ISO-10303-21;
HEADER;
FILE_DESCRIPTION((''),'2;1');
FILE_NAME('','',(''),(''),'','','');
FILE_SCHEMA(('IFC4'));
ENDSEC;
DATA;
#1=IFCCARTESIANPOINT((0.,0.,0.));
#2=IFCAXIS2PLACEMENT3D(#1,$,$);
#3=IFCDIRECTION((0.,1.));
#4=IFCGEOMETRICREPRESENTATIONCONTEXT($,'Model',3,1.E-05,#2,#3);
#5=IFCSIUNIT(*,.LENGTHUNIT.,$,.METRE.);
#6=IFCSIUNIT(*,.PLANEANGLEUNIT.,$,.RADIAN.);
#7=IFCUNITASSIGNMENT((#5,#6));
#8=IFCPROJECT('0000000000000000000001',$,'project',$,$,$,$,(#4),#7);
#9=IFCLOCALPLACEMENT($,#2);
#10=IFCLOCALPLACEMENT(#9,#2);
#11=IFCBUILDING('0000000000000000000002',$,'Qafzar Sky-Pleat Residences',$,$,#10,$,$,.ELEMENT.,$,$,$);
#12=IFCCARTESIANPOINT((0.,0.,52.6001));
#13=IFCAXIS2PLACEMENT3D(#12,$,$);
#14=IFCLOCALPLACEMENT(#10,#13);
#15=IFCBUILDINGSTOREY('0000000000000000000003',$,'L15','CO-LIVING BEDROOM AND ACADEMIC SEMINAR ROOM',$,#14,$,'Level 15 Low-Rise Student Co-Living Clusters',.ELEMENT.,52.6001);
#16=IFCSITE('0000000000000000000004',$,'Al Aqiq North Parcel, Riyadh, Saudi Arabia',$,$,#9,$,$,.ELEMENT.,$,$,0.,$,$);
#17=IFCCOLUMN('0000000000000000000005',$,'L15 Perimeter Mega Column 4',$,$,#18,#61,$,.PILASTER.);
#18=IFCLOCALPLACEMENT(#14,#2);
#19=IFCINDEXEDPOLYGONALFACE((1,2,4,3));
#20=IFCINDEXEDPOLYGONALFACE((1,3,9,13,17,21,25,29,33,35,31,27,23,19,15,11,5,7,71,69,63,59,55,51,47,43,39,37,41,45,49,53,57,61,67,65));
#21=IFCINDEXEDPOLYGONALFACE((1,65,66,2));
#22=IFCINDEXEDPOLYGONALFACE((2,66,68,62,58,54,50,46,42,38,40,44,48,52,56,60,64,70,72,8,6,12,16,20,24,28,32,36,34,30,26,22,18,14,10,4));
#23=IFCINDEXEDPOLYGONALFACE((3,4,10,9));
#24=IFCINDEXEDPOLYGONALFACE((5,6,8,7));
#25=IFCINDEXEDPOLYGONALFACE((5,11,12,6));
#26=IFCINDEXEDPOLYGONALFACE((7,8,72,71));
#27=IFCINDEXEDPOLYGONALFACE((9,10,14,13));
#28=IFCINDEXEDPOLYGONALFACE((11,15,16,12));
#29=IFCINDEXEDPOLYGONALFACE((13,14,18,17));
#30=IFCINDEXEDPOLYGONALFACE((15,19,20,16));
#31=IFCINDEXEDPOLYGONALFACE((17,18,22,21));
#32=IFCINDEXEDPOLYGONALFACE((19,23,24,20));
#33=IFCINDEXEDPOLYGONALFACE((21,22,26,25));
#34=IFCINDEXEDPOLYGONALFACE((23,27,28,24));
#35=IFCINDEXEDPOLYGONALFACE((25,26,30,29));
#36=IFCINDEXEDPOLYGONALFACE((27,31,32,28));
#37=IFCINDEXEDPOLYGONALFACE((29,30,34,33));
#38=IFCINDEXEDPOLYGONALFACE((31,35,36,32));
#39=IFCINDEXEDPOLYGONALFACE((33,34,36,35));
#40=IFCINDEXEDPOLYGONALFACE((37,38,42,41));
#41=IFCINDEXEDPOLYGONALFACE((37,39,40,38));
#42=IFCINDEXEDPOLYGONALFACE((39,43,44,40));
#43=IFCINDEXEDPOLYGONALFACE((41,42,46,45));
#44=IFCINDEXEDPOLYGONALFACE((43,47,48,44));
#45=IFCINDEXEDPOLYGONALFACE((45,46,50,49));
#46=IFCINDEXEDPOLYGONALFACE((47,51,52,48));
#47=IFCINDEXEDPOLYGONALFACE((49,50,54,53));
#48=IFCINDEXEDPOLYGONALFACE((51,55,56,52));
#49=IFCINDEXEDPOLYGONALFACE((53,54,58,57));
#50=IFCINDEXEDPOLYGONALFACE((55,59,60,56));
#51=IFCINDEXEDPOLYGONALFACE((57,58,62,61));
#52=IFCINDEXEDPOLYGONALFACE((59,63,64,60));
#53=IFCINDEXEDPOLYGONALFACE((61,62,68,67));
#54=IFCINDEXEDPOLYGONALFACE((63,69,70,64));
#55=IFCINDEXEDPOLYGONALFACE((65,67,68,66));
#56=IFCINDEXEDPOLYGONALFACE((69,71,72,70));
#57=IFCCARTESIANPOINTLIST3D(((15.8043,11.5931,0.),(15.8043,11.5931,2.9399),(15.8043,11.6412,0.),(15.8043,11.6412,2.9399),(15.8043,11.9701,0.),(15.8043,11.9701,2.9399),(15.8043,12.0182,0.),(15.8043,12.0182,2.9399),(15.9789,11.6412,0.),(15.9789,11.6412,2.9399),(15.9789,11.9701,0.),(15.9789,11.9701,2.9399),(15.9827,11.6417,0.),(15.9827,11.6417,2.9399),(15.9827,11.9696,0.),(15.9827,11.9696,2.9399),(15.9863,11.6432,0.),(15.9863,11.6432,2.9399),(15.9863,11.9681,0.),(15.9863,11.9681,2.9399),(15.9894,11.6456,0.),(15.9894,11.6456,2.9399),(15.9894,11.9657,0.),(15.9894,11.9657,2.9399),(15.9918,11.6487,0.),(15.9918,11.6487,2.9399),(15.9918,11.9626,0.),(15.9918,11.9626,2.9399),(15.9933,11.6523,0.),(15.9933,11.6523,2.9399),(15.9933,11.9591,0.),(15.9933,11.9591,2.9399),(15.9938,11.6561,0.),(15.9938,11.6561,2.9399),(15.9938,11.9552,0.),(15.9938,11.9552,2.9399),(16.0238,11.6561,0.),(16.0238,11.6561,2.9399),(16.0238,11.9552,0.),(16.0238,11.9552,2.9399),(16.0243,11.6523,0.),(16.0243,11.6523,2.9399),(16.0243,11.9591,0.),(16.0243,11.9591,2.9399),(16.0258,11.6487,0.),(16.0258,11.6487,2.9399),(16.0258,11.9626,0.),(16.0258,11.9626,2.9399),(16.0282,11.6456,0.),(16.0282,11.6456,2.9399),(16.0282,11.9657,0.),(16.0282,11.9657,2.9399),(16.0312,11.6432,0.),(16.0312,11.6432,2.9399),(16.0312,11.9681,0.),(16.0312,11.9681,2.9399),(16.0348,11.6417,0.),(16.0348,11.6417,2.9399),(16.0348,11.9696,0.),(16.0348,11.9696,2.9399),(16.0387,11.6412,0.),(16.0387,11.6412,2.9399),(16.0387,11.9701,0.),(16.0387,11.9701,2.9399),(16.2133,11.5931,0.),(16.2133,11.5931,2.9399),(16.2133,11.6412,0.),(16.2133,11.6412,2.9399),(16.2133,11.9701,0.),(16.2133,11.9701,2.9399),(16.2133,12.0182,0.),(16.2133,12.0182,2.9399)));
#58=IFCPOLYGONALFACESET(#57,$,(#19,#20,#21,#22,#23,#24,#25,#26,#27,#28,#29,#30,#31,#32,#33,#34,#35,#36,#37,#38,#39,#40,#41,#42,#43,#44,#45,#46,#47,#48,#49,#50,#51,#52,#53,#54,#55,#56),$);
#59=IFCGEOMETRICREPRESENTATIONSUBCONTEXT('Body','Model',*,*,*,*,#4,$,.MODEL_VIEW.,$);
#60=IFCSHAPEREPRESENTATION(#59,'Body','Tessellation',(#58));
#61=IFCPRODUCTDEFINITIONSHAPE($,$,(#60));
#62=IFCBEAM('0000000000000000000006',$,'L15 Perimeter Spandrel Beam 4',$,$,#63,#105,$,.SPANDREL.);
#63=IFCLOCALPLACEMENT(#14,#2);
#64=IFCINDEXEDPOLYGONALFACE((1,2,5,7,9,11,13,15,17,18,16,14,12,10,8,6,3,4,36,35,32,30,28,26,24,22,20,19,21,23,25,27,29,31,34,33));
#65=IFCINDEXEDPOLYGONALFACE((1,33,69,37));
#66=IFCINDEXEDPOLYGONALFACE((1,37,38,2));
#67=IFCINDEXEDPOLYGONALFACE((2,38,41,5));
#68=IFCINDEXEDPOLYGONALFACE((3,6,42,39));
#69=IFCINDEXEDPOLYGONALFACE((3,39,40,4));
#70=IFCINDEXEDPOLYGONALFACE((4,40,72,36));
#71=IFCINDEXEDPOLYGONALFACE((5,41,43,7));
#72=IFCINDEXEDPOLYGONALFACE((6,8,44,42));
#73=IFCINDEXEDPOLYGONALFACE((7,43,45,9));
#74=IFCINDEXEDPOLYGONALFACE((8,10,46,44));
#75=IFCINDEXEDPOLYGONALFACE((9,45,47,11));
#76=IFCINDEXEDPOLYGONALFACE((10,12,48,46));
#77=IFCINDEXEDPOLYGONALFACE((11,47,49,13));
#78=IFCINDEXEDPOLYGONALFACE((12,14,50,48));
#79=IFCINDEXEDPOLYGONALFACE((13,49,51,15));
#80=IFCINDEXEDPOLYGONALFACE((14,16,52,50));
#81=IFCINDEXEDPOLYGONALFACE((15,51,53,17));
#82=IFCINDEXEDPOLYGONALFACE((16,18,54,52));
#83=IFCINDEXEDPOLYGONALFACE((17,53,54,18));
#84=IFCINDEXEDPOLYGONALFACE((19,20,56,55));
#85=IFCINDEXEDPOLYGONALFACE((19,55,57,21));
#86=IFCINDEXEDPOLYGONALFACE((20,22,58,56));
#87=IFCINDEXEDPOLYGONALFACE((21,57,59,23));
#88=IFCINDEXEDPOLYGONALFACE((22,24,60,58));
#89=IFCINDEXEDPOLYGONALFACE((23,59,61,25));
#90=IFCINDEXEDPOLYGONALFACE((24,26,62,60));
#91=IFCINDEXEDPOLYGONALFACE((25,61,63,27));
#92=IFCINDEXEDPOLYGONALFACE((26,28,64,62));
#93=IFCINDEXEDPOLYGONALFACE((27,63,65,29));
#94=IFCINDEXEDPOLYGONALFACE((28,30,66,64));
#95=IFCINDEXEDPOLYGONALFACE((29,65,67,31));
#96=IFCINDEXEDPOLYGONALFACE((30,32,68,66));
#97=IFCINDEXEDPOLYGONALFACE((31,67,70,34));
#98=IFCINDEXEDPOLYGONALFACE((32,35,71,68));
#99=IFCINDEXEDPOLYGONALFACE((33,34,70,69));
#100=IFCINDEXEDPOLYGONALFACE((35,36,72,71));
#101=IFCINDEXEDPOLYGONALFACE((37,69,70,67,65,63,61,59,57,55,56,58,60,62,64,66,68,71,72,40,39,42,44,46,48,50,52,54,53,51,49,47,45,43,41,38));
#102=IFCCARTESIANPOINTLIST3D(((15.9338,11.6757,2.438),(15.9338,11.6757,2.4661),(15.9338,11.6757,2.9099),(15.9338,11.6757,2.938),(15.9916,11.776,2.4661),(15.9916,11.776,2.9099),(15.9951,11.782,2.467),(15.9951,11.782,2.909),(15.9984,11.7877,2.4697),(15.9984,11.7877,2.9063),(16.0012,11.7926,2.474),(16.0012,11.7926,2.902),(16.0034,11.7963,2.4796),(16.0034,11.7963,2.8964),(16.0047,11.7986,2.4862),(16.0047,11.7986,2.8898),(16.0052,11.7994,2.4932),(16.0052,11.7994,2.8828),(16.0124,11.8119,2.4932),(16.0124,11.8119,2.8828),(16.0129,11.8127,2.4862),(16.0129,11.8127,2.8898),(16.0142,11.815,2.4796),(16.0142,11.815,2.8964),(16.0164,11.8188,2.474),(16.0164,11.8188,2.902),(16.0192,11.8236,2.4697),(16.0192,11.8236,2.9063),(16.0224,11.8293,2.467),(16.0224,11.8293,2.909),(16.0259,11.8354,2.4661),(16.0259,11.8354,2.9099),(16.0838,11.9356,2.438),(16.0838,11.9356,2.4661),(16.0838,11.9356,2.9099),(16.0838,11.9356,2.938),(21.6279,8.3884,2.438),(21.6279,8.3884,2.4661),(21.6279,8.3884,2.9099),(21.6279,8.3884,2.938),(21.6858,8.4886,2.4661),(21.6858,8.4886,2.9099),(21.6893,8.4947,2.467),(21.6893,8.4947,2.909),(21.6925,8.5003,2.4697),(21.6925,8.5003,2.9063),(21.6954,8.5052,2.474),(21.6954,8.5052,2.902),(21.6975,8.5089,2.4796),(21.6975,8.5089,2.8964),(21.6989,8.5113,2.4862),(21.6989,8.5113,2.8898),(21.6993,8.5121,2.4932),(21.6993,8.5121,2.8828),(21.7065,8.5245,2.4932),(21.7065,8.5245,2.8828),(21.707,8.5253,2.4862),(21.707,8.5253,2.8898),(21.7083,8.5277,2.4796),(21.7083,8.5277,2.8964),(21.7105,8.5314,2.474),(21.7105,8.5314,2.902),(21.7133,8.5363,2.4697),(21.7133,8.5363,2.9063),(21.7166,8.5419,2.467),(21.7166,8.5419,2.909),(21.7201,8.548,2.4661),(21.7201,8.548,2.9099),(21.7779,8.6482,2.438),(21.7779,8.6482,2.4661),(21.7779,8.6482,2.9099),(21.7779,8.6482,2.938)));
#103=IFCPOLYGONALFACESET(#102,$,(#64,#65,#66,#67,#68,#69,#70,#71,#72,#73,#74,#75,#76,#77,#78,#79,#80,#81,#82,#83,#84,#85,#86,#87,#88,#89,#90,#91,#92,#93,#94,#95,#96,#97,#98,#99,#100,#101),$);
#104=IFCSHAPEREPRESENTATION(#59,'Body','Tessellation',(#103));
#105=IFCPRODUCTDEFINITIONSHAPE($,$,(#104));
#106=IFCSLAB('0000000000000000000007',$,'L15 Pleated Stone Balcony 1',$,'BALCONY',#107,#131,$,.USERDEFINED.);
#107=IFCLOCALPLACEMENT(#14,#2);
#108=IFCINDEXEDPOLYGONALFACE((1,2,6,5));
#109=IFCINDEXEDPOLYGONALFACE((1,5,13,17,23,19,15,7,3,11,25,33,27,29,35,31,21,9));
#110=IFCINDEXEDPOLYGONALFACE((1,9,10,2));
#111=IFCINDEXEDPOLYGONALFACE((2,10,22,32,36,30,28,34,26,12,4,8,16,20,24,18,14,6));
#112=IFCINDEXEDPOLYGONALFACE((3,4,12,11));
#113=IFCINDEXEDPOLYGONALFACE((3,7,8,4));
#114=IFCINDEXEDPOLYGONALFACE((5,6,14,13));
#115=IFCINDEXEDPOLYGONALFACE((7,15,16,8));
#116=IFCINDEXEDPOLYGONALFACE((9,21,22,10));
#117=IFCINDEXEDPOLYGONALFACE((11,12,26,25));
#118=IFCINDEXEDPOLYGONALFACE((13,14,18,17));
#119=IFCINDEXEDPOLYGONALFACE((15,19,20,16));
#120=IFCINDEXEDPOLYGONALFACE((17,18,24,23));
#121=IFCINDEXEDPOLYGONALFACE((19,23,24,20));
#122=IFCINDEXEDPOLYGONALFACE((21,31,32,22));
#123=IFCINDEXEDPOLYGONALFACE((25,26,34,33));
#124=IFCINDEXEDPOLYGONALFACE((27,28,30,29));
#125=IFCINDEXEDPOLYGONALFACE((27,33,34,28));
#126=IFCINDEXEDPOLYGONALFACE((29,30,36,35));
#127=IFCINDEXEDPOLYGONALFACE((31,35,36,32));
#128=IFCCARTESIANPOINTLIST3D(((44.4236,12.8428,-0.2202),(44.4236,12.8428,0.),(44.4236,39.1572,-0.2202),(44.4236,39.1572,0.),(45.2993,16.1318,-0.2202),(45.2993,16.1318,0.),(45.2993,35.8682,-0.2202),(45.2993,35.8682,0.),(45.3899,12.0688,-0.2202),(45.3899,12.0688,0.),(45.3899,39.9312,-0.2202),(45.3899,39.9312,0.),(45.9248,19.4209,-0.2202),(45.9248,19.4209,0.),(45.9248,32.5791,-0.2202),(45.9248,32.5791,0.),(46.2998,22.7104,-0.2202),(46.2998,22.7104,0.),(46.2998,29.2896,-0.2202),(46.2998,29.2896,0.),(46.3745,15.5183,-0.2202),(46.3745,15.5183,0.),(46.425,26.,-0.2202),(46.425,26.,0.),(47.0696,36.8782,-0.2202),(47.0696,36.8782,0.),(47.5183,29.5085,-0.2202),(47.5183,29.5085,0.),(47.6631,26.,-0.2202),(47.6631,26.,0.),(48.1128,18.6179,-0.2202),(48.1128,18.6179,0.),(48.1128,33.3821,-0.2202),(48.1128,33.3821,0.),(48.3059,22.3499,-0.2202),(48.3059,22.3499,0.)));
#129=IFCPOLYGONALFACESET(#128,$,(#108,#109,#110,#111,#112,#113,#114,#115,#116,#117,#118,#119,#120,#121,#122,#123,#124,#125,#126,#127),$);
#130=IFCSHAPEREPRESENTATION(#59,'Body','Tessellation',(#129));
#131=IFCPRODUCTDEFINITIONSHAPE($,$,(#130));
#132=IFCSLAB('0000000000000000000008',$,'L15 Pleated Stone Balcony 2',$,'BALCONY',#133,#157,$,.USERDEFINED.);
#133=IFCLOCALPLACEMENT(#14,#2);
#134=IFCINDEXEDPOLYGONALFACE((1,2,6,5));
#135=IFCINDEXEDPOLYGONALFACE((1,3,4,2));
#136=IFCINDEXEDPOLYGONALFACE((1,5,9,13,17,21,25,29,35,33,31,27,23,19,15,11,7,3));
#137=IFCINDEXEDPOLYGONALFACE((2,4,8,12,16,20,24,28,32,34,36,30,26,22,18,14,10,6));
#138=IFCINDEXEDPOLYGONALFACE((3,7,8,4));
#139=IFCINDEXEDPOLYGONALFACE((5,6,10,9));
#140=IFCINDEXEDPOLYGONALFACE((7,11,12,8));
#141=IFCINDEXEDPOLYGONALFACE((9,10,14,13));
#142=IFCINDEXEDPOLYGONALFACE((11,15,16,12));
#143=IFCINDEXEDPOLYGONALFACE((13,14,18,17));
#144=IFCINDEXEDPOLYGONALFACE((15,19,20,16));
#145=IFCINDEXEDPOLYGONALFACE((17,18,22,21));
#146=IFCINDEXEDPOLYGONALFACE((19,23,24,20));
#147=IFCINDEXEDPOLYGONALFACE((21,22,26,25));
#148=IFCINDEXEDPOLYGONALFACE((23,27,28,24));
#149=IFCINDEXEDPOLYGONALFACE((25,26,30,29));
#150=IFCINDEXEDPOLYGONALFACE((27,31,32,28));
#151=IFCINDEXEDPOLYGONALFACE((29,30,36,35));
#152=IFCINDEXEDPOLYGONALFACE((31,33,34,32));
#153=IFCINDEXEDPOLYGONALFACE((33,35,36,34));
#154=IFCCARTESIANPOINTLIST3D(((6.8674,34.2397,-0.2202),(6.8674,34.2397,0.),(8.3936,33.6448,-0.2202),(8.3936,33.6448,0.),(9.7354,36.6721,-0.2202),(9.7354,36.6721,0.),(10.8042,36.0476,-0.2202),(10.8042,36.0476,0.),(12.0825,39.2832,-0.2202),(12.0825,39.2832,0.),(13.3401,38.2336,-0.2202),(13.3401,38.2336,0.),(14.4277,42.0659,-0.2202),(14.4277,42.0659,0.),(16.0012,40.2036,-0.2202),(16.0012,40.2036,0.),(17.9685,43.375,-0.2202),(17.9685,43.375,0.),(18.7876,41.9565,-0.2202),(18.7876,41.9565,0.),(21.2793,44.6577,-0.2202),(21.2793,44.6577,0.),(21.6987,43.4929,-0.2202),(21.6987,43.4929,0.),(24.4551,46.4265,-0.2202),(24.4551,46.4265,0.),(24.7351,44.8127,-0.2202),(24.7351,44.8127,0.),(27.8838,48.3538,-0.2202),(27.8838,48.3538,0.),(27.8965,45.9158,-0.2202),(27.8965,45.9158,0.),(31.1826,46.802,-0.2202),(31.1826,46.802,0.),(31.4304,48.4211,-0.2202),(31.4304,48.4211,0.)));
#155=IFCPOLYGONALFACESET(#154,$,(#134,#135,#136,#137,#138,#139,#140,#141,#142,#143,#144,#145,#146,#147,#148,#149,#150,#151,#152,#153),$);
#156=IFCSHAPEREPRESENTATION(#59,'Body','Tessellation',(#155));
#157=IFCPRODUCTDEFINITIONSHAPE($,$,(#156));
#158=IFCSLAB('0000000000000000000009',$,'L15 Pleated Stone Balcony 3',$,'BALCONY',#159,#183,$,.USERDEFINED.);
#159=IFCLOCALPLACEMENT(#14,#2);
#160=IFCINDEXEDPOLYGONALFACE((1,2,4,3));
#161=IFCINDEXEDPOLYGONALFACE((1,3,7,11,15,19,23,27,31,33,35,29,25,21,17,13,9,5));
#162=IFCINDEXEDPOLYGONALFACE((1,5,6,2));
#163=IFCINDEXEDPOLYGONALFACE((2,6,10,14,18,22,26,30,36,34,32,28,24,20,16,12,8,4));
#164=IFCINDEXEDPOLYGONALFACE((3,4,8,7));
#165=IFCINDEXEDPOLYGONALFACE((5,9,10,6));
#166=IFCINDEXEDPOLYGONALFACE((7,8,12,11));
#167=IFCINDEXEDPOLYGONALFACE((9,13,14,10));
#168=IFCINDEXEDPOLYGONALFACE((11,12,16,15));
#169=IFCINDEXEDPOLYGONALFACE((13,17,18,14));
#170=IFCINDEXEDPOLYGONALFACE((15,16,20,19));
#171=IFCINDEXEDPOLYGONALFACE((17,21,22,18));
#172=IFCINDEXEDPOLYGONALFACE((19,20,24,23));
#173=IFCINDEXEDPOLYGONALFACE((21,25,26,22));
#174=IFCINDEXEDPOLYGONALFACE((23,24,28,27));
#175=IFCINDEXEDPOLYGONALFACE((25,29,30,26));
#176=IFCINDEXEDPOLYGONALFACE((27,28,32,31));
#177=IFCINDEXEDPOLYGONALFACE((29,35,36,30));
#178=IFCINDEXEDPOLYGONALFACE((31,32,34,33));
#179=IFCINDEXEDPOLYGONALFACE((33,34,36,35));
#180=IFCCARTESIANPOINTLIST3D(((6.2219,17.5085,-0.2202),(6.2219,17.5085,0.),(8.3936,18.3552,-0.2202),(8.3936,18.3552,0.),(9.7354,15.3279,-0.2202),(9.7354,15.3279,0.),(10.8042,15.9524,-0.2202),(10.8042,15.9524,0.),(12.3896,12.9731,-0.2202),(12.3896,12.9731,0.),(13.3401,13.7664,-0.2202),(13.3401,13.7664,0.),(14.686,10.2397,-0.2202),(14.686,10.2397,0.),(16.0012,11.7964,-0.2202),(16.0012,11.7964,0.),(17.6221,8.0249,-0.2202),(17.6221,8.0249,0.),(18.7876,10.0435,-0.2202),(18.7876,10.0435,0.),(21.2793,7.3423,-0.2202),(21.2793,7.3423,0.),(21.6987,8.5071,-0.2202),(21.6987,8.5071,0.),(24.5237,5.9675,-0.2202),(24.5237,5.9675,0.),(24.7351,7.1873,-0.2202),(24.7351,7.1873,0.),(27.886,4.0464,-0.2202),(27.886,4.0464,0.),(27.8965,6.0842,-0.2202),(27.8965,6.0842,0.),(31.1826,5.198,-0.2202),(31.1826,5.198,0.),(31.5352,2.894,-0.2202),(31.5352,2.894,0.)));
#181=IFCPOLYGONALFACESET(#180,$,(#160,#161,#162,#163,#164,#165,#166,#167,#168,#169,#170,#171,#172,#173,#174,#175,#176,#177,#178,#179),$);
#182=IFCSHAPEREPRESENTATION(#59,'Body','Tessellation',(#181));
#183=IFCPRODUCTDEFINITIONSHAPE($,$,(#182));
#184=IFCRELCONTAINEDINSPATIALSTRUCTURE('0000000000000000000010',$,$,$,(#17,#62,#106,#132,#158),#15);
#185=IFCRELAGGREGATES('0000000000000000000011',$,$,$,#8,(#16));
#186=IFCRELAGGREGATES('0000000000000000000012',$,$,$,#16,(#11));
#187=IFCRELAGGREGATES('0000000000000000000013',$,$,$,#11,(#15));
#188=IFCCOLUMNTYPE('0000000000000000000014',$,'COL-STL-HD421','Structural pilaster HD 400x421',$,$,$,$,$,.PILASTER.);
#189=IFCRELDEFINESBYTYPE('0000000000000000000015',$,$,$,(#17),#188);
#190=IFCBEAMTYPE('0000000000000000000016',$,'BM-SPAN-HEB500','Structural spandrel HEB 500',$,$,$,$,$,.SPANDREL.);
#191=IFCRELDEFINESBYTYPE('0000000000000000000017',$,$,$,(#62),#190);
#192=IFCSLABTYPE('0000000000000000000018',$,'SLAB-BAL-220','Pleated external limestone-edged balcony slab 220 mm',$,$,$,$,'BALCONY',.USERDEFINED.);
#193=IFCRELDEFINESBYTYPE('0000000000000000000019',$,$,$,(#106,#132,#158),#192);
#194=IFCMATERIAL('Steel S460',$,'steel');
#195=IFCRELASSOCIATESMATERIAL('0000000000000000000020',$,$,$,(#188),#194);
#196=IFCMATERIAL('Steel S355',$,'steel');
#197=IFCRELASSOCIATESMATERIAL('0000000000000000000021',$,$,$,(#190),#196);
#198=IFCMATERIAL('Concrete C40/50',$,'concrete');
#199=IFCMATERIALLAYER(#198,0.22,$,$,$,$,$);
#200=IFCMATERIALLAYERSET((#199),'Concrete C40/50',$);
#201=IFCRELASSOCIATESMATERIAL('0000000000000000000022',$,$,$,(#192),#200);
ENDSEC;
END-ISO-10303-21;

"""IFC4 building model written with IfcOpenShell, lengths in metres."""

from ifc_helpers import new_model, si_unit, direction, frame, origin, origin_2d, place, context, subcontext, project, spatial, polyline, i_section, outline, extrude, source, transform, mapped, material, layer, layer_set, material_profile, profile_set, type_object, element, save


model = new_model("IFC4")

# Units and contexts
model_context = context("Model", 3, precision=1e-05, world=origin(), true_north=direction((0.0, 1.0)))
body_context = subcontext(model_context, "Body", "Model", "MODEL_VIEW")
ifc_project = project(units=[si_unit("LENGTHUNIT", "METRE"), si_unit("PLANEANGLEUNIT", "RADIAN")], contexts=[model_context])

# Site, building, storey
site_placement = place(None, origin())
site = spatial("IfcSite", under=ifc_project, at=site_placement, Name="Al Aqiq North Parcel, Riyadh, Saudi Arabia", CompositionType="ELEMENT", RefElevation=0.0)
building_placement = place(site_placement, origin())
building = spatial("IfcBuilding", under=site, at=building_placement, Name="Qafzar Sky-Pleat Residences", CompositionType="ELEMENT")
storey_placement = place(building_placement, frame((0.0, 0.0, 52.6001)))
storey = spatial("IfcBuildingStorey", under=building, at=storey_placement, Name="L15", Description="CO-LIVING BEDROOM AND ACADEMIC SEMINAR ROOM", LongName="Level 15 Low-Rise Student Co-Living Clusters", CompositionType="ELEMENT", Elevation=52.6001)

# Column
ifc_material_1 = material(Name="Steel S460", Category="steel")
ifc_material_profile_1 = material_profile(ifc_material_1, i_section(OverallWidth=0.4089, OverallDepth=0.425, WebThickness=0.03, FlangeThickness=0.0481, FilletRadius=0.0149, at=origin_2d()), Name="HD 400x421")
ifc_profile_set_1 = profile_set([ifc_material_profile_1], Name="Steel S460")
column_type = type_object("IfcColumnType", Name="COL-STL-HD421", Description="Structural pilaster HD 400x421", PredefinedType="PILASTER", material=ifc_profile_set_1)
shared_shape_1 = source(origin(), body_context, "Body", "SweptSolid", [
    extrude(i_section(OverallWidth=0.4089, OverallDepth=0.425, WebThickness=0.03, FlangeThickness=0.0481, FilletRadius=0.0149, at=origin_2d()), origin(), (0.0, 0.0, 1.0), 2.9399),
])
column_placement = place(storey_placement, frame((16.0088, 11.8057, 0.0), z_axis=(0.0, 0.0, 1.0), x_axis=(1.0, 0.0, 0.0)))
element("IfcColumn", 1, at=column_placement, inside=storey, type_object=column_type, Name="L15 Perimeter Mega Column 4", PredefinedType="PILASTER", context=body_context, shape_type="MappedRepresentation", body=[
    mapped(shared_shape_1, transform((0.0, 0.0, 0.0), x_axis=(1.0, 0.0, 0.0), y_axis=(0.0, 1.0, 0.0), z_axis=(0.0, 0.0, 1.0), scale=1.0)),
])

# Beam
ifc_material_2 = material(Name="Steel S355", Category="steel")
ifc_material_profile_2 = material_profile(ifc_material_2, i_section(OverallWidth=0.3, OverallDepth=0.5, WebThickness=0.0144, FlangeThickness=0.0281, FilletRadius=0.0271, at=origin_2d()), Name="HEB 500")
ifc_profile_set_2 = profile_set([ifc_material_profile_2], Name="Steel S355")
beam_type = type_object("IfcBeamType", Name="BM-SPAN-HEB500", Description="Structural spandrel HEB 500", PredefinedType="SPANDREL", material=ifc_profile_set_2)
shared_shape_2 = source(origin(), body_context, "Body", "SweptSolid", [
    extrude(i_section(OverallWidth=0.3, OverallDepth=0.5, WebThickness=0.0144, FlangeThickness=0.0281, FilletRadius=0.0271, at=origin_2d()), origin(), (0.0, 0.0, 1.0), 6.575),
])
beam_placement = place(storey_placement, frame((16.0088, 11.8057, 2.688), z_axis=(0.866034, -0.499985, 0.0), x_axis=(0.499985, 0.866034, 0.0)))
element("IfcBeam", 2, at=beam_placement, inside=storey, type_object=beam_type, Name="L15 Perimeter Spandrel Beam 4", PredefinedType="SPANDREL", context=body_context, shape_type="MappedRepresentation", body=[
    mapped(shared_shape_2, transform((0.0, 0.0, 0.0), x_axis=(1.0, 0.0, 0.0), y_axis=(0.0, 1.0, 0.0), z_axis=(0.0, 0.0, 1.0), scale=1.0)),
])

# Slabs
ifc_material_3 = material(Name="Concrete C40/50", Category="concrete")
ifc_layer_1 = layer(ifc_material_3, 0.22)
ifc_layer_set_1 = layer_set([ifc_layer_1], Name="Concrete C40/50")
slab_type_1 = type_object("IfcSlabType", Name="SLAB-BAL-220", Description="Pleated external limestone-edged balcony slab 220 mm", ElementType="BALCONY", PredefinedType="USERDEFINED", material=ifc_layer_set_1)
slab_1_placement = place(storey_placement, frame((0.0, 0.0, -0.2202)))
element("IfcSlab", 3, at=slab_1_placement, inside=storey, type_object=slab_type_1, Name="L15 Pleated Stone Balcony 1", ObjectType="BALCONY", PredefinedType="USERDEFINED", context=body_context, shape_type="SweptSolid", body=[
    extrude(outline(polyline([(45.2993, 16.1318), (45.9248, 19.4209), (46.2998, 22.7104), (46.425, 26.0), (46.2998, 29.2896), (45.9248, 32.5791), (45.2993, 35.8682), (44.4236, 39.1572), (45.3899, 39.9312), (47.0696, 36.8782), (48.1128, 33.3821), (47.5183, 29.5085), (47.6631, 26.0), (48.3059, 22.3499), (48.1128, 18.6179), (46.3745, 15.5183), (45.3899, 12.0688), (44.4236, 12.8428), (45.2993, 16.1318)])), origin(), (0.0, 0.0, 1.0), 0.2202),
])
slab_2_placement = place(storey_placement, frame((0.0, 0.0, -0.2202)))
element("IfcSlab", 4, at=slab_2_placement, inside=storey, type_object=slab_type_1, Name="L15 Pleated Stone Balcony 2", ObjectType="BALCONY", PredefinedType="USERDEFINED", context=body_context, shape_type="SweptSolid", body=[
    extrude(outline(polyline([(27.8965, 45.9158), (24.7351, 44.8127), (21.6987, 43.4929), (18.7876, 41.9565), (16.0012, 40.2036), (13.3401, 38.2336), (10.8042, 36.0476), (8.3936, 33.6448), (6.8674, 34.2397), (9.7354, 36.6721), (12.0825, 39.2832), (14.4277, 42.0659), (17.9685, 43.375), (21.2793, 44.6577), (24.4551, 46.4265), (27.8838, 48.3538), (31.4304, 48.4211), (31.1826, 46.802), (27.8965, 45.9158)])), origin(), (0.0, 0.0, 1.0), 0.2202),
])
slab_3_placement = place(storey_placement, frame((0.0, 0.0, -0.2202)))
element("IfcSlab", 5, at=slab_3_placement, inside=storey, type_object=slab_type_1, Name="L15 Pleated Stone Balcony 3", ObjectType="BALCONY", PredefinedType="USERDEFINED", context=body_context, shape_type="SweptSolid", body=[
    extrude(outline(polyline([(10.8042, 15.9524), (13.3401, 13.7664), (16.0012, 11.7964), (18.7876, 10.0435), (21.6987, 8.5071), (24.7351, 7.1873), (27.8965, 6.0842), (31.1826, 5.198), (31.5352, 2.894), (27.886, 4.0464), (24.5237, 5.9675), (21.2793, 7.3423), (17.6221, 8.0249), (14.686, 10.2397), (12.3896, 12.9731), (9.7354, 15.3279), (6.2219, 17.5085), (8.3936, 18.3552), (10.8042, 15.9524)])), origin(), (0.0, 0.0, 1.0), 0.2202),
])

save(model, "model.ifc")
